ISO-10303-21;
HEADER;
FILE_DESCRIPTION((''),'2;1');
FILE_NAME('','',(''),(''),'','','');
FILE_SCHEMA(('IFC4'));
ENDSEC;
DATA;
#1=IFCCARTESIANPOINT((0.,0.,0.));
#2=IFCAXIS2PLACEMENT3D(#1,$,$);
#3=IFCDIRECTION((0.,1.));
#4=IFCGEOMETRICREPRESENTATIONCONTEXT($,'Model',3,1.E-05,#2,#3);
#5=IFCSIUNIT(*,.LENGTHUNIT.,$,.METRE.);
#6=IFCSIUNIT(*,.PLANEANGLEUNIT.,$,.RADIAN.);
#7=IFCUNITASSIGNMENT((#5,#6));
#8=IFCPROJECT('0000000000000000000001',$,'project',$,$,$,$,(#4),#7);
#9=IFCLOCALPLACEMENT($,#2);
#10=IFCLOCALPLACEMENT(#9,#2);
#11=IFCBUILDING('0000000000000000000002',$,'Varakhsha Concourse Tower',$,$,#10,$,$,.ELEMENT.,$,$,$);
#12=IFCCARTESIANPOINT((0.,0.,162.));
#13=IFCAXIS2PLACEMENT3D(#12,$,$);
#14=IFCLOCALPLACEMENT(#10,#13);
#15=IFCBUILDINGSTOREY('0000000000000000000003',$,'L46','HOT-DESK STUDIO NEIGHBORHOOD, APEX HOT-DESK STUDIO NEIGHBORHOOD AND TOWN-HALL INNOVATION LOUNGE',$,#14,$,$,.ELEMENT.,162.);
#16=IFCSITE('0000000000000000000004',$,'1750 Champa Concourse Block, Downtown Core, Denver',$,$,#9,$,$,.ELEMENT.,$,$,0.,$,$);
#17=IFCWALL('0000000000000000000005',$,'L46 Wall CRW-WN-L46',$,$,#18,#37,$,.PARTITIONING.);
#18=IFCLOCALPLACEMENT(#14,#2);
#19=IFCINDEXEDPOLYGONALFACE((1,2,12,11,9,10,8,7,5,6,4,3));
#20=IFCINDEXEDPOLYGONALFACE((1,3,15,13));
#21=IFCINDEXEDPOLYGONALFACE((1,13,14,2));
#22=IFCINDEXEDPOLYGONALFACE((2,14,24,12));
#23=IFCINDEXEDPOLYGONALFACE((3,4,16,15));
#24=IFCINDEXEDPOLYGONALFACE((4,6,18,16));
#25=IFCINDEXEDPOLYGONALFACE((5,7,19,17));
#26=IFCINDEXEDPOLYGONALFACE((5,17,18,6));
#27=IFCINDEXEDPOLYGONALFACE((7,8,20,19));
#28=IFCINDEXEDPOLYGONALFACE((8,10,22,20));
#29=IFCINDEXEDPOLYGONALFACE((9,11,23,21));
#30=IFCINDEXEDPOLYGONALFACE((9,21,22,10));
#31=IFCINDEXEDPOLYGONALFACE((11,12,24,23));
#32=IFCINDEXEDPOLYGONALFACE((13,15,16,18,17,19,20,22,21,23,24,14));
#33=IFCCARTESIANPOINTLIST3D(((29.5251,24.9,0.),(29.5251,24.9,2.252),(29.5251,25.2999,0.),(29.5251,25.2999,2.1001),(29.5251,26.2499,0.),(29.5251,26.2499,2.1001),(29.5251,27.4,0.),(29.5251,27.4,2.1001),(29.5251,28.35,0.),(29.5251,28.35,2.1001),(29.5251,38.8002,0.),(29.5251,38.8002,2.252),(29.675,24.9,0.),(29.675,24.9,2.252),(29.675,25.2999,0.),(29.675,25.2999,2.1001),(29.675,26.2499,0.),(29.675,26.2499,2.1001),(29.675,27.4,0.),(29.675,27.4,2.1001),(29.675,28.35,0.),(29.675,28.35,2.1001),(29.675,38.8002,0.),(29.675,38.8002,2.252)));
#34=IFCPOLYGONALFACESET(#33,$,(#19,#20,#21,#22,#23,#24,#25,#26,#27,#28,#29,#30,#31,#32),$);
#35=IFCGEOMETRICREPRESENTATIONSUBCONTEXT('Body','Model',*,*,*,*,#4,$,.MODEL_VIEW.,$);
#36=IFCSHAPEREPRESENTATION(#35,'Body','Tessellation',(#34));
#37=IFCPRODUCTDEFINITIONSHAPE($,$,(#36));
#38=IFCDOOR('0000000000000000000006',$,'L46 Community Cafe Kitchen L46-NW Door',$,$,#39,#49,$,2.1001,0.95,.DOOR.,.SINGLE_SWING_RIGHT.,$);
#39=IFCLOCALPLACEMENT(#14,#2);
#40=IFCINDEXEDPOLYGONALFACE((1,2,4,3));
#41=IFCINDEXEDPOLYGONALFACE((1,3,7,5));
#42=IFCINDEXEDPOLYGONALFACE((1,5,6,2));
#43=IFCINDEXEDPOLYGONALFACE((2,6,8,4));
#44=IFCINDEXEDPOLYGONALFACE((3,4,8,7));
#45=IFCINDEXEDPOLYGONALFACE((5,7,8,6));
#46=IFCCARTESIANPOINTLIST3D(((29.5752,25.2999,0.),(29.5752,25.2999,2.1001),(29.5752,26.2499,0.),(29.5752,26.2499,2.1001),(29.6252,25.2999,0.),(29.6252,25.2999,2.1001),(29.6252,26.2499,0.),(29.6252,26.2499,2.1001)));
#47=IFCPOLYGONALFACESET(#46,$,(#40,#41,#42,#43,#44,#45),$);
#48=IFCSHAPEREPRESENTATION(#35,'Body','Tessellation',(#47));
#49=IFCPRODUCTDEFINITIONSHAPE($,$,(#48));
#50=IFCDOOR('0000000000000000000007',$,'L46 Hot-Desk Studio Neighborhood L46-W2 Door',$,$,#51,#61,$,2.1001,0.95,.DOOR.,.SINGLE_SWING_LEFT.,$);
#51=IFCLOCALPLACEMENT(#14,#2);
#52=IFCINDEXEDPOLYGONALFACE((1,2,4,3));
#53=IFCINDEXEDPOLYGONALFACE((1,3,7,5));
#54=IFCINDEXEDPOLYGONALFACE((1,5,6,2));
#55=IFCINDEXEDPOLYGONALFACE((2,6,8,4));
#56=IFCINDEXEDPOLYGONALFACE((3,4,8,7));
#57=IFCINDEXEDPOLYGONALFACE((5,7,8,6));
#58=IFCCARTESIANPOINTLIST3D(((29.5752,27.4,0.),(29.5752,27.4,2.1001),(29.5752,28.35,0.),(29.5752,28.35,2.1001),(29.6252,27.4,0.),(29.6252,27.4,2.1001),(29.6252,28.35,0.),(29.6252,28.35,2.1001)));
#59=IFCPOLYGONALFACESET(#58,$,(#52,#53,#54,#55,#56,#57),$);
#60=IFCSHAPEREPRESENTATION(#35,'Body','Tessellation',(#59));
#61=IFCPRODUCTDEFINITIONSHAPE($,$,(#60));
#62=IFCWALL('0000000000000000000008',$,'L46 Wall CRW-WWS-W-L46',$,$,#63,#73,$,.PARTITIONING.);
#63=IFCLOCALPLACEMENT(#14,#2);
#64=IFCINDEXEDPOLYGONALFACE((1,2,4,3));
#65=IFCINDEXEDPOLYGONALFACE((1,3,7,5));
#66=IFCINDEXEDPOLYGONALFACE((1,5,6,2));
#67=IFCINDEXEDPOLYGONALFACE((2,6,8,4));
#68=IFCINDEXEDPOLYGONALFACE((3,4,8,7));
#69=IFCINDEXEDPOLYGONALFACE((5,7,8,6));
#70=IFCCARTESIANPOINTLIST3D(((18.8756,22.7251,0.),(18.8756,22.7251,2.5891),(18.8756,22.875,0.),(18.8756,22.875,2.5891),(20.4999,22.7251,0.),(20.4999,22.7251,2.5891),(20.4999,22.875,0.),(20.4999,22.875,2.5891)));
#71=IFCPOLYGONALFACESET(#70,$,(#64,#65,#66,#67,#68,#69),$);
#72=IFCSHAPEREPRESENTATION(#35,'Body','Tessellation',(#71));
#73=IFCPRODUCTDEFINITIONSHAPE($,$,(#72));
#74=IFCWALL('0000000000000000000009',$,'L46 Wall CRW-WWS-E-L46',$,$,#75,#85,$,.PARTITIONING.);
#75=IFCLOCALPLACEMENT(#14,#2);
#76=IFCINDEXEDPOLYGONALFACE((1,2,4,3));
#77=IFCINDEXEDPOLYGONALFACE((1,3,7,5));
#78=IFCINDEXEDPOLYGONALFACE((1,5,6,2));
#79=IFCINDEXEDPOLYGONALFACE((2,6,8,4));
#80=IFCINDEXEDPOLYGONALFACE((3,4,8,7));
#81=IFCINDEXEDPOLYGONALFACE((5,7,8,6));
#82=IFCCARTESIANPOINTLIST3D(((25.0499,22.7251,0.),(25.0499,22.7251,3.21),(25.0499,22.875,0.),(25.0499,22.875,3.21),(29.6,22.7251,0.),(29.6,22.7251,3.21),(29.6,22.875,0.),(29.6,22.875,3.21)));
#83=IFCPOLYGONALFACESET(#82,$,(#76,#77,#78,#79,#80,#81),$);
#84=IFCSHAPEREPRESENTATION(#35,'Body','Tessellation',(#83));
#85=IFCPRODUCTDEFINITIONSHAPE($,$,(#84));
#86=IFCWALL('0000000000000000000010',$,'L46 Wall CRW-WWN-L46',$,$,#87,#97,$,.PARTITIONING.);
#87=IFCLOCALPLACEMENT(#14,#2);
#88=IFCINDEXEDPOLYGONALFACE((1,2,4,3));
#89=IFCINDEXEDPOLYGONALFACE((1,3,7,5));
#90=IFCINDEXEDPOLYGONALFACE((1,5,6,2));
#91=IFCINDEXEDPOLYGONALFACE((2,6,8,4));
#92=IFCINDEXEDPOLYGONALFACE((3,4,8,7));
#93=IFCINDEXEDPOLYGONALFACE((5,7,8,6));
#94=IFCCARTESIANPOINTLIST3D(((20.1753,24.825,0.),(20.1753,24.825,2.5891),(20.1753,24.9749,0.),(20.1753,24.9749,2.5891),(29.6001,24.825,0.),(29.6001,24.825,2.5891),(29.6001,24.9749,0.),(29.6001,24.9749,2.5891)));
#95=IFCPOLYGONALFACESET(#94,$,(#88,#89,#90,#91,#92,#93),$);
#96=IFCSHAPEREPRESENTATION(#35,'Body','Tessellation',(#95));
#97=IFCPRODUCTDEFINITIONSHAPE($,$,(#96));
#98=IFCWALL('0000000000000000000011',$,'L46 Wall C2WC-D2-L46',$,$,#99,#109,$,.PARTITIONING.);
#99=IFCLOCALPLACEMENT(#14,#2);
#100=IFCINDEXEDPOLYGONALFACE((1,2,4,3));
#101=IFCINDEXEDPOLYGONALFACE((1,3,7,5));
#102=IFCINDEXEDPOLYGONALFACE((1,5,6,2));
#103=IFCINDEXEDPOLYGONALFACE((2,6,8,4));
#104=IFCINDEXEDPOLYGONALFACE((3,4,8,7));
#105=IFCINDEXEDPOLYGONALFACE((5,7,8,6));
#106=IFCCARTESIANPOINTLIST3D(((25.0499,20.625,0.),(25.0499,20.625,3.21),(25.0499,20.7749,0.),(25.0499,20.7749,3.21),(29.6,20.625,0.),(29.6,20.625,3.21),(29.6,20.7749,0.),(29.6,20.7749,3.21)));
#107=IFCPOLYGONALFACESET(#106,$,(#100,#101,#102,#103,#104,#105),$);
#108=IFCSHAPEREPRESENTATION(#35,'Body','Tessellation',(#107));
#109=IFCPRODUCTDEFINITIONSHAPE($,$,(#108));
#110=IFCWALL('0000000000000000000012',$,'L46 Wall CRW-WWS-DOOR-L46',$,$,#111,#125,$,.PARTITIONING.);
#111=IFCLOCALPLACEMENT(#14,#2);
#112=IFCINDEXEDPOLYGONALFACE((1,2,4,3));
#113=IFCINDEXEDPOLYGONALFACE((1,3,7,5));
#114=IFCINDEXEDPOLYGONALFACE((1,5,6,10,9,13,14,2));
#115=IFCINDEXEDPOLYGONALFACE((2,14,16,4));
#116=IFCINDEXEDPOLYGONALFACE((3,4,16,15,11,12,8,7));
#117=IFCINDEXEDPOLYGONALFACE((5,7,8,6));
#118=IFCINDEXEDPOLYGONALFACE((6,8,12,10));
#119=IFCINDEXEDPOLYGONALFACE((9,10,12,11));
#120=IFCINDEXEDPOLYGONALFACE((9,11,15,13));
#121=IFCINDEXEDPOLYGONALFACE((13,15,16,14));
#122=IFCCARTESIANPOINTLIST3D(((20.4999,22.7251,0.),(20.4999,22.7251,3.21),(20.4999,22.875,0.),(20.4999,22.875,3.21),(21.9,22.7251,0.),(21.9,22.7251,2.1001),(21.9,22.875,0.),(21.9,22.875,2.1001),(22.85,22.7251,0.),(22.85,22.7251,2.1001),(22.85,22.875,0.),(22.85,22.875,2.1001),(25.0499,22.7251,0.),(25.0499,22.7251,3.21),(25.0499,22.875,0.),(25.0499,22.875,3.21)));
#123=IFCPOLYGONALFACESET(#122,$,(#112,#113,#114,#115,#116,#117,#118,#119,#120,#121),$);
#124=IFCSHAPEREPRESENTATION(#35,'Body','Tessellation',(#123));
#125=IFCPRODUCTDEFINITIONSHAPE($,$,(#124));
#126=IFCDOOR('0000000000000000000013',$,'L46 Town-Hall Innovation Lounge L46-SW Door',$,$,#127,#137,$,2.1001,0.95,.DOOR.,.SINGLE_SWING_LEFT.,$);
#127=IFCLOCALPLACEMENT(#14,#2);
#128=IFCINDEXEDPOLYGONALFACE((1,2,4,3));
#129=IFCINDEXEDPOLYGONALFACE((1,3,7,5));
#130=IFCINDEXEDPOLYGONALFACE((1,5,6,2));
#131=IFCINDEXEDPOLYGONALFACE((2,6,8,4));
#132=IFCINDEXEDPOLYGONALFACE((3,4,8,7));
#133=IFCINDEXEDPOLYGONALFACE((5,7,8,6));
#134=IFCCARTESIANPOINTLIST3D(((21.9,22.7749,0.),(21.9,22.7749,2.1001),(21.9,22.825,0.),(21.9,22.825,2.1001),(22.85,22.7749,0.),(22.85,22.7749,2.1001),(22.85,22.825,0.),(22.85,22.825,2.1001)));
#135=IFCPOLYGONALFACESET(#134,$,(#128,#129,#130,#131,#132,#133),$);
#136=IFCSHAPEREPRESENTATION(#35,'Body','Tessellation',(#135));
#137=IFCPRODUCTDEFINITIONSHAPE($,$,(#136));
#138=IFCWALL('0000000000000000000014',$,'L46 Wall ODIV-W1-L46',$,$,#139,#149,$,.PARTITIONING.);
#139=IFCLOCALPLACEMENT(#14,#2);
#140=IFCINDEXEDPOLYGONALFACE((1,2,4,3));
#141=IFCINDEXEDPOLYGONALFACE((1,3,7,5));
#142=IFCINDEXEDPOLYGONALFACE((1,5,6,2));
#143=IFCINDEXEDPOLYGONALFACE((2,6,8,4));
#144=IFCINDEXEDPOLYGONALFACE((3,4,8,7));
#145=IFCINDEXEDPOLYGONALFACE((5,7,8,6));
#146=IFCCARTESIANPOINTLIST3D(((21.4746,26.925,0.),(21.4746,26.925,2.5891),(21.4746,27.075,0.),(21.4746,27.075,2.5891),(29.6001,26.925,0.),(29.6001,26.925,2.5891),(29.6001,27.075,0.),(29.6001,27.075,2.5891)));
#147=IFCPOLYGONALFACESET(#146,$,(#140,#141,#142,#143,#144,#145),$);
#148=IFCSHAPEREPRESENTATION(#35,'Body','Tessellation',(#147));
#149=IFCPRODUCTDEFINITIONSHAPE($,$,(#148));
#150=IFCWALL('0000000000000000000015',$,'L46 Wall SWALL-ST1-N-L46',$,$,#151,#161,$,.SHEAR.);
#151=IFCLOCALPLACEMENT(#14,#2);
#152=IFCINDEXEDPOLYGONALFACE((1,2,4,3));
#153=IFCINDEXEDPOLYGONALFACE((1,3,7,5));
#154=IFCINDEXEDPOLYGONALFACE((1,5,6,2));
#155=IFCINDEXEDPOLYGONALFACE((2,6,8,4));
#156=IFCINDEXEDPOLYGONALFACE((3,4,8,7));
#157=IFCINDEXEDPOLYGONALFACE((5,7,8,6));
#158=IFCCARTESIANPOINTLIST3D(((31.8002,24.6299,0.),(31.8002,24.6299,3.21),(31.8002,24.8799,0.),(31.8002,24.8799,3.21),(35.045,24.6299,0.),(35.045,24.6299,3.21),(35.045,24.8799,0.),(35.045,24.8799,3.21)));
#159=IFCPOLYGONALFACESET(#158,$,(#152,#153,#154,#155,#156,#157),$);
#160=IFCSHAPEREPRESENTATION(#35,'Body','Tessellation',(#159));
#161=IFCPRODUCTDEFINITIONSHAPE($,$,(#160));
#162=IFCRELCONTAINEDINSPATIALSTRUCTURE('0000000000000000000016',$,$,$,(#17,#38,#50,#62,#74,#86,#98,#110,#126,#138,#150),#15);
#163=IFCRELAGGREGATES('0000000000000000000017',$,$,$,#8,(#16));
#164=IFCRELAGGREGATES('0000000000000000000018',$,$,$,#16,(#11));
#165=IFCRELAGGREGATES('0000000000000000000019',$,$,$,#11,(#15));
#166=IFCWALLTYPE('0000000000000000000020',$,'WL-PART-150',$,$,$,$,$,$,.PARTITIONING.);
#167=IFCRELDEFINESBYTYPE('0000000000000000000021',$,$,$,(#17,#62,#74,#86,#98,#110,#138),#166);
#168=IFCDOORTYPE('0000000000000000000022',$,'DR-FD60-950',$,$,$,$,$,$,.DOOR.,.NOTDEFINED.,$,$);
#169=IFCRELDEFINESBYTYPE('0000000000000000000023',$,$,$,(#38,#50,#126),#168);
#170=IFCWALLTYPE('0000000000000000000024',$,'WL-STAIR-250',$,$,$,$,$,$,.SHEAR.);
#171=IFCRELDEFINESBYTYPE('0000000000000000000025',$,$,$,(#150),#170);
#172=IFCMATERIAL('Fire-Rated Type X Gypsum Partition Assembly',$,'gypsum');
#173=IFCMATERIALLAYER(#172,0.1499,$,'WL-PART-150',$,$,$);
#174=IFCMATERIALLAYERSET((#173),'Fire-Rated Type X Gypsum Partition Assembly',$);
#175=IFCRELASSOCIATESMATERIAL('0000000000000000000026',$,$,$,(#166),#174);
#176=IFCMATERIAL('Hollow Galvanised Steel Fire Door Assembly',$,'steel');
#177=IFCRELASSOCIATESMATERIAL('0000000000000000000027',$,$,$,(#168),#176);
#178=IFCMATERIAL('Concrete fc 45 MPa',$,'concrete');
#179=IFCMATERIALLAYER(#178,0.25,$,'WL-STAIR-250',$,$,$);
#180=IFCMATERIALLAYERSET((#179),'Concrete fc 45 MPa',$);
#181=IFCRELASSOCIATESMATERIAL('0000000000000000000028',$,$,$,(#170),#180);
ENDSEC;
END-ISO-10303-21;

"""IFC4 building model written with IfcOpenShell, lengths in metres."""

from ifc_helpers import new_model, si_unit, direction, frame, frame_2d, origin, place, context, subcontext, project, spatial, rectangle, extrude, material, layer, layer_set, type_object, element, fill, save


model = new_model("IFC4")

# Units and contexts
model_context = context("Model", 3, precision=1e-05, world=origin(), true_north=direction((0.0, 1.0)))
body_context = subcontext(model_context, "Body", "Model", "MODEL_VIEW")
ifc_project = project(units=[si_unit("LENGTHUNIT", "METRE"), si_unit("PLANEANGLEUNIT", "RADIAN")], contexts=[model_context])

# Site, building, storey
site_placement = place(None, origin())
site = spatial("IfcSite", under=ifc_project, at=site_placement, Name="1750 Champa Concourse Block, Downtown Core, Denver", CompositionType="ELEMENT", RefElevation=0.0)
building_placement = place(site_placement, origin())
building = spatial("IfcBuilding", under=site, at=building_placement, Name="Varakhsha Concourse Tower", CompositionType="ELEMENT")
storey_placement = place(building_placement, frame((0.0, 0.0, 162.0)))
storey = spatial("IfcBuildingStorey", under=building, at=storey_placement, Name="L46", Description="HOT-DESK STUDIO NEIGHBORHOOD, APEX HOT-DESK STUDIO NEIGHBORHOOD AND TOWN-HALL INNOVATION LOUNGE", CompositionType="ELEMENT", Elevation=162.0)

# Wall, openings, doors
ifc_material_1 = material(Name="Fire-Rated Type X Gypsum Partition Assembly", Category="gypsum")
ifc_layer_1 = layer(ifc_material_1, 0.1499, Name="WL-PART-150")
ifc_layer_set_1 = layer_set([ifc_layer_1], Name="Fire-Rated Type X Gypsum Partition Assembly")
wall_type_1 = type_object("IfcWallType", Name="WL-PART-150", PredefinedType="PARTITIONING", material=ifc_layer_set_1)
wall_1_placement = place(storey_placement, frame((29.6001, 24.8999, 0.0), z_axis=(0.0, 0.0, 1.0), x_axis=(0.0, 1.0, 0.0)))
wall_1 = element("IfcWall", 1, at=wall_1_placement, inside=storey, type_object=wall_type_1, Name="L46 Wall CRW-WN-L46", PredefinedType="PARTITIONING", context=body_context, shape_type="SweptSolid", body=[
    extrude(rectangle(XDim=13.9001, YDim=0.1499, at=frame_2d((6.9502, 0.0))), origin(), (0.0, 0.0, 1.0), 2.252),
])
opening_1_placement = place(wall_1_placement, frame((0.3999, 0.0, 0.0)))
opening_1 = element("IfcOpeningElement", 2, at=opening_1_placement, cuts=wall_1, PredefinedType="OPENING", context=body_context, shape_type="SweptSolid", body=[
    extrude(rectangle(XDim=0.95, YDim=2.1001, at=frame_2d((0.4751, 1.05))), frame((0.0, 0.085, 0.0), z_axis=(0.0, -1.0, 0.0), x_axis=(1.0, 0.0, 0.0)), (0.0, 0.0, 1.0), 0.1699),
])
opening_2_placement = place(wall_1_placement, frame((2.5, 0.0, 0.0)))
opening_2 = element("IfcOpeningElement", 3, at=opening_2_placement, cuts=wall_1, PredefinedType="OPENING", context=body_context, shape_type="SweptSolid", body=[
    extrude(rectangle(XDim=0.95, YDim=2.1001, at=frame_2d((0.4751, 1.05))), frame((0.0, 0.085, 0.0), z_axis=(0.0, -1.0, 0.0), x_axis=(1.0, 0.0, 0.0)), (0.0, 0.0, 1.0), 0.1699),
])
ifc_material_2 = material(Name="Hollow Galvanised Steel Fire Door Assembly", Category="steel")
door_type = type_object("IfcDoorType", Name="DR-FD60-950", OperationType="NOTDEFINED", PredefinedType="DOOR", material=ifc_material_2)
door_1_placement = place(opening_1_placement, origin())
door_1 = element("IfcDoor", 4, at=door_1_placement, inside=storey, type_object=door_type, Name="L46 Community Cafe Kitchen L46-NW Door", OperationType="SINGLE_SWING_RIGHT", OverallHeight=2.1001, OverallWidth=0.95, PredefinedType="DOOR", context=body_context, shape_type="SweptSolid", body=[
    extrude(rectangle(XDim=0.95, YDim=2.1001, at=frame_2d((0.4751, 1.05))), frame((0.0, 0.0249, 0.0), z_axis=(0.0, -1.0, 0.0), x_axis=(1.0, 0.0, 0.0)), (0.0, 0.0, 1.0), 0.05),
])
fill(opening_1, door_1)
door_2_placement = place(opening_2_placement, origin())
door_2 = element("IfcDoor", 5, at=door_2_placement, inside=storey, type_object=door_type, Name="L46 Hot-Desk Studio Neighborhood L46-W2 Door", OperationType="SINGLE_SWING_LEFT", OverallHeight=2.1001, OverallWidth=0.95, PredefinedType="DOOR", context=body_context, shape_type="SweptSolid", body=[
    extrude(rectangle(XDim=0.95, YDim=2.1001, at=frame_2d((0.4751, 1.05))), frame((0.0, 0.0249, 0.0), z_axis=(0.0, -1.0, 0.0), x_axis=(1.0, 0.0, 0.0)), (0.0, 0.0, 1.0), 0.05),
])
fill(opening_2, door_2)

# Walls
wall_2_placement = place(storey_placement, frame((18.8757, 22.8, 0.0), z_axis=(0.0, 0.0, 1.0), x_axis=(1.0, 0.0, 0.0)))
element("IfcWall", 6, at=wall_2_placement, inside=storey, type_object=wall_type_1, Name="L46 Wall CRW-WWS-W-L46", PredefinedType="PARTITIONING", context=body_context, shape_type="SweptSolid", body=[
    extrude(rectangle(XDim=1.6243, YDim=0.1499, at=frame_2d((0.812, 0.0))), origin(), (0.0, 0.0, 1.0), 2.5891),
])
wall_3_placement = place(storey_placement, frame((25.05, 22.8, 0.0), z_axis=(0.0, 0.0, 1.0), x_axis=(1.0, 0.0, 0.0)))
element("IfcWall", 7, at=wall_3_placement, inside=storey, type_object=wall_type_1, Name="L46 Wall CRW-WWS-E-L46", PredefinedType="PARTITIONING", context=body_context, shape_type="SweptSolid", body=[
    extrude(rectangle(XDim=4.55, YDim=0.1499, at=frame_2d((2.2749, 0.0))), origin(), (0.0, 0.0, 1.0), 3.21),
])
wall_4_placement = place(storey_placement, frame((20.1753, 24.8999, 0.0), z_axis=(0.0, 0.0, 1.0), x_axis=(1.0, 0.0, 0.0)))
element("IfcWall", 8, at=wall_4_placement, inside=storey, type_object=wall_type_1, Name="L46 Wall CRW-WWN-L46", PredefinedType="PARTITIONING", context=body_context, shape_type="SweptSolid", body=[
    extrude(rectangle(XDim=9.4248, YDim=0.1499, at=frame_2d((4.7124, 0.0))), origin(), (0.0, 0.0, 1.0), 2.5891),
])
wall_5_placement = place(storey_placement, frame((25.05, 20.7, 0.0), z_axis=(0.0, 0.0, 1.0), x_axis=(1.0, 0.0, 0.0)))
element("IfcWall", 9, at=wall_5_placement, inside=storey, type_object=wall_type_1, Name="L46 Wall C2WC-D2-L46", PredefinedType="PARTITIONING", context=body_context, shape_type="SweptSolid", body=[
    extrude(rectangle(XDim=4.55, YDim=0.1499, at=frame_2d((2.2749, 0.0))), origin(), (0.0, 0.0, 1.0), 3.21),
])

# Wall, opening, door
wall_6_placement = place(storey_placement, frame((20.5, 22.8, 0.0), z_axis=(0.0, 0.0, 1.0), x_axis=(1.0, 0.0, 0.0)))
wall_6 = element("IfcWall", 10, at=wall_6_placement, inside=storey, type_object=wall_type_1, Name="L46 Wall CRW-WWS-DOOR-L46", PredefinedType="PARTITIONING", context=body_context, shape_type="SweptSolid", body=[
    extrude(rectangle(XDim=4.55, YDim=0.1499, at=frame_2d((2.2749, 0.0))), origin(), (0.0, 0.0, 1.0), 3.21),
])
opening_3_placement = place(wall_6_placement, frame((1.3999, 0.0, 0.0)))
opening_3 = element("IfcOpeningElement", 11, at=opening_3_placement, cuts=wall_6, PredefinedType="OPENING", context=body_context, shape_type="SweptSolid", body=[
    extrude(rectangle(XDim=0.95, YDim=2.1001, at=frame_2d((0.4751, 1.05))), frame((0.0, 0.085, 0.0), z_axis=(0.0, -1.0, 0.0), x_axis=(1.0, 0.0, 0.0)), (0.0, 0.0, 1.0), 0.1699),
])
door_3_placement = place(opening_3_placement, origin())
door_3 = element("IfcDoor", 12, at=door_3_placement, inside=storey, type_object=door_type, Name="L46 Town-Hall Innovation Lounge L46-SW Door", OperationType="SINGLE_SWING_LEFT", OverallHeight=2.1001, OverallWidth=0.95, PredefinedType="DOOR", context=body_context, shape_type="SweptSolid", body=[
    extrude(rectangle(XDim=0.95, YDim=2.1001, at=frame_2d((0.4751, 1.05))), frame((0.0, 0.0249, 0.0), z_axis=(0.0, -1.0, 0.0), x_axis=(1.0, 0.0, 0.0)), (0.0, 0.0, 1.0), 0.05),
])
fill(opening_3, door_3)

# Walls
wall_7_placement = place(storey_placement, frame((21.4746, 27.0, 0.0), z_axis=(0.0, 0.0, 1.0), x_axis=(1.0, 0.0, 0.0)))
element("IfcWall", 13, at=wall_7_placement, inside=storey, type_object=wall_type_1, Name="L46 Wall ODIV-W1-L46", PredefinedType="PARTITIONING", context=body_context, shape_type="SweptSolid", body=[
    extrude(rectangle(XDim=8.1255, YDim=0.1499, at=frame_2d((4.0627, 0.0))), origin(), (0.0, 0.0, 1.0), 2.5891),
])
ifc_material_3 = material(Name="Concrete fc 45 MPa", Category="concrete")
ifc_layer_2 = layer(ifc_material_3, 0.25, Name="WL-STAIR-250")
ifc_layer_set_2 = layer_set([ifc_layer_2], Name="Concrete fc 45 MPa")
wall_type_2 = type_object("IfcWallType", Name="WL-STAIR-250", PredefinedType="SHEAR", material=ifc_layer_set_2)
wall_8_placement = place(storey_placement, frame((31.8, 24.7549, 0.0), z_axis=(0.0, 0.0, 1.0), x_axis=(1.0, 0.0, 0.0)))
element("IfcWall", 14, at=wall_8_placement, inside=storey, type_object=wall_type_2, Name="L46 Wall SWALL-ST1-N-L46", PredefinedType="SHEAR", context=body_context, shape_type="SweptSolid", body=[
    extrude(rectangle(XDim=3.2449, YDim=0.25, at=frame_2d((1.6226, 0.0))), origin(), (0.0, 0.0, 1.0), 3.21),
])

save(model, "model.ifc")
